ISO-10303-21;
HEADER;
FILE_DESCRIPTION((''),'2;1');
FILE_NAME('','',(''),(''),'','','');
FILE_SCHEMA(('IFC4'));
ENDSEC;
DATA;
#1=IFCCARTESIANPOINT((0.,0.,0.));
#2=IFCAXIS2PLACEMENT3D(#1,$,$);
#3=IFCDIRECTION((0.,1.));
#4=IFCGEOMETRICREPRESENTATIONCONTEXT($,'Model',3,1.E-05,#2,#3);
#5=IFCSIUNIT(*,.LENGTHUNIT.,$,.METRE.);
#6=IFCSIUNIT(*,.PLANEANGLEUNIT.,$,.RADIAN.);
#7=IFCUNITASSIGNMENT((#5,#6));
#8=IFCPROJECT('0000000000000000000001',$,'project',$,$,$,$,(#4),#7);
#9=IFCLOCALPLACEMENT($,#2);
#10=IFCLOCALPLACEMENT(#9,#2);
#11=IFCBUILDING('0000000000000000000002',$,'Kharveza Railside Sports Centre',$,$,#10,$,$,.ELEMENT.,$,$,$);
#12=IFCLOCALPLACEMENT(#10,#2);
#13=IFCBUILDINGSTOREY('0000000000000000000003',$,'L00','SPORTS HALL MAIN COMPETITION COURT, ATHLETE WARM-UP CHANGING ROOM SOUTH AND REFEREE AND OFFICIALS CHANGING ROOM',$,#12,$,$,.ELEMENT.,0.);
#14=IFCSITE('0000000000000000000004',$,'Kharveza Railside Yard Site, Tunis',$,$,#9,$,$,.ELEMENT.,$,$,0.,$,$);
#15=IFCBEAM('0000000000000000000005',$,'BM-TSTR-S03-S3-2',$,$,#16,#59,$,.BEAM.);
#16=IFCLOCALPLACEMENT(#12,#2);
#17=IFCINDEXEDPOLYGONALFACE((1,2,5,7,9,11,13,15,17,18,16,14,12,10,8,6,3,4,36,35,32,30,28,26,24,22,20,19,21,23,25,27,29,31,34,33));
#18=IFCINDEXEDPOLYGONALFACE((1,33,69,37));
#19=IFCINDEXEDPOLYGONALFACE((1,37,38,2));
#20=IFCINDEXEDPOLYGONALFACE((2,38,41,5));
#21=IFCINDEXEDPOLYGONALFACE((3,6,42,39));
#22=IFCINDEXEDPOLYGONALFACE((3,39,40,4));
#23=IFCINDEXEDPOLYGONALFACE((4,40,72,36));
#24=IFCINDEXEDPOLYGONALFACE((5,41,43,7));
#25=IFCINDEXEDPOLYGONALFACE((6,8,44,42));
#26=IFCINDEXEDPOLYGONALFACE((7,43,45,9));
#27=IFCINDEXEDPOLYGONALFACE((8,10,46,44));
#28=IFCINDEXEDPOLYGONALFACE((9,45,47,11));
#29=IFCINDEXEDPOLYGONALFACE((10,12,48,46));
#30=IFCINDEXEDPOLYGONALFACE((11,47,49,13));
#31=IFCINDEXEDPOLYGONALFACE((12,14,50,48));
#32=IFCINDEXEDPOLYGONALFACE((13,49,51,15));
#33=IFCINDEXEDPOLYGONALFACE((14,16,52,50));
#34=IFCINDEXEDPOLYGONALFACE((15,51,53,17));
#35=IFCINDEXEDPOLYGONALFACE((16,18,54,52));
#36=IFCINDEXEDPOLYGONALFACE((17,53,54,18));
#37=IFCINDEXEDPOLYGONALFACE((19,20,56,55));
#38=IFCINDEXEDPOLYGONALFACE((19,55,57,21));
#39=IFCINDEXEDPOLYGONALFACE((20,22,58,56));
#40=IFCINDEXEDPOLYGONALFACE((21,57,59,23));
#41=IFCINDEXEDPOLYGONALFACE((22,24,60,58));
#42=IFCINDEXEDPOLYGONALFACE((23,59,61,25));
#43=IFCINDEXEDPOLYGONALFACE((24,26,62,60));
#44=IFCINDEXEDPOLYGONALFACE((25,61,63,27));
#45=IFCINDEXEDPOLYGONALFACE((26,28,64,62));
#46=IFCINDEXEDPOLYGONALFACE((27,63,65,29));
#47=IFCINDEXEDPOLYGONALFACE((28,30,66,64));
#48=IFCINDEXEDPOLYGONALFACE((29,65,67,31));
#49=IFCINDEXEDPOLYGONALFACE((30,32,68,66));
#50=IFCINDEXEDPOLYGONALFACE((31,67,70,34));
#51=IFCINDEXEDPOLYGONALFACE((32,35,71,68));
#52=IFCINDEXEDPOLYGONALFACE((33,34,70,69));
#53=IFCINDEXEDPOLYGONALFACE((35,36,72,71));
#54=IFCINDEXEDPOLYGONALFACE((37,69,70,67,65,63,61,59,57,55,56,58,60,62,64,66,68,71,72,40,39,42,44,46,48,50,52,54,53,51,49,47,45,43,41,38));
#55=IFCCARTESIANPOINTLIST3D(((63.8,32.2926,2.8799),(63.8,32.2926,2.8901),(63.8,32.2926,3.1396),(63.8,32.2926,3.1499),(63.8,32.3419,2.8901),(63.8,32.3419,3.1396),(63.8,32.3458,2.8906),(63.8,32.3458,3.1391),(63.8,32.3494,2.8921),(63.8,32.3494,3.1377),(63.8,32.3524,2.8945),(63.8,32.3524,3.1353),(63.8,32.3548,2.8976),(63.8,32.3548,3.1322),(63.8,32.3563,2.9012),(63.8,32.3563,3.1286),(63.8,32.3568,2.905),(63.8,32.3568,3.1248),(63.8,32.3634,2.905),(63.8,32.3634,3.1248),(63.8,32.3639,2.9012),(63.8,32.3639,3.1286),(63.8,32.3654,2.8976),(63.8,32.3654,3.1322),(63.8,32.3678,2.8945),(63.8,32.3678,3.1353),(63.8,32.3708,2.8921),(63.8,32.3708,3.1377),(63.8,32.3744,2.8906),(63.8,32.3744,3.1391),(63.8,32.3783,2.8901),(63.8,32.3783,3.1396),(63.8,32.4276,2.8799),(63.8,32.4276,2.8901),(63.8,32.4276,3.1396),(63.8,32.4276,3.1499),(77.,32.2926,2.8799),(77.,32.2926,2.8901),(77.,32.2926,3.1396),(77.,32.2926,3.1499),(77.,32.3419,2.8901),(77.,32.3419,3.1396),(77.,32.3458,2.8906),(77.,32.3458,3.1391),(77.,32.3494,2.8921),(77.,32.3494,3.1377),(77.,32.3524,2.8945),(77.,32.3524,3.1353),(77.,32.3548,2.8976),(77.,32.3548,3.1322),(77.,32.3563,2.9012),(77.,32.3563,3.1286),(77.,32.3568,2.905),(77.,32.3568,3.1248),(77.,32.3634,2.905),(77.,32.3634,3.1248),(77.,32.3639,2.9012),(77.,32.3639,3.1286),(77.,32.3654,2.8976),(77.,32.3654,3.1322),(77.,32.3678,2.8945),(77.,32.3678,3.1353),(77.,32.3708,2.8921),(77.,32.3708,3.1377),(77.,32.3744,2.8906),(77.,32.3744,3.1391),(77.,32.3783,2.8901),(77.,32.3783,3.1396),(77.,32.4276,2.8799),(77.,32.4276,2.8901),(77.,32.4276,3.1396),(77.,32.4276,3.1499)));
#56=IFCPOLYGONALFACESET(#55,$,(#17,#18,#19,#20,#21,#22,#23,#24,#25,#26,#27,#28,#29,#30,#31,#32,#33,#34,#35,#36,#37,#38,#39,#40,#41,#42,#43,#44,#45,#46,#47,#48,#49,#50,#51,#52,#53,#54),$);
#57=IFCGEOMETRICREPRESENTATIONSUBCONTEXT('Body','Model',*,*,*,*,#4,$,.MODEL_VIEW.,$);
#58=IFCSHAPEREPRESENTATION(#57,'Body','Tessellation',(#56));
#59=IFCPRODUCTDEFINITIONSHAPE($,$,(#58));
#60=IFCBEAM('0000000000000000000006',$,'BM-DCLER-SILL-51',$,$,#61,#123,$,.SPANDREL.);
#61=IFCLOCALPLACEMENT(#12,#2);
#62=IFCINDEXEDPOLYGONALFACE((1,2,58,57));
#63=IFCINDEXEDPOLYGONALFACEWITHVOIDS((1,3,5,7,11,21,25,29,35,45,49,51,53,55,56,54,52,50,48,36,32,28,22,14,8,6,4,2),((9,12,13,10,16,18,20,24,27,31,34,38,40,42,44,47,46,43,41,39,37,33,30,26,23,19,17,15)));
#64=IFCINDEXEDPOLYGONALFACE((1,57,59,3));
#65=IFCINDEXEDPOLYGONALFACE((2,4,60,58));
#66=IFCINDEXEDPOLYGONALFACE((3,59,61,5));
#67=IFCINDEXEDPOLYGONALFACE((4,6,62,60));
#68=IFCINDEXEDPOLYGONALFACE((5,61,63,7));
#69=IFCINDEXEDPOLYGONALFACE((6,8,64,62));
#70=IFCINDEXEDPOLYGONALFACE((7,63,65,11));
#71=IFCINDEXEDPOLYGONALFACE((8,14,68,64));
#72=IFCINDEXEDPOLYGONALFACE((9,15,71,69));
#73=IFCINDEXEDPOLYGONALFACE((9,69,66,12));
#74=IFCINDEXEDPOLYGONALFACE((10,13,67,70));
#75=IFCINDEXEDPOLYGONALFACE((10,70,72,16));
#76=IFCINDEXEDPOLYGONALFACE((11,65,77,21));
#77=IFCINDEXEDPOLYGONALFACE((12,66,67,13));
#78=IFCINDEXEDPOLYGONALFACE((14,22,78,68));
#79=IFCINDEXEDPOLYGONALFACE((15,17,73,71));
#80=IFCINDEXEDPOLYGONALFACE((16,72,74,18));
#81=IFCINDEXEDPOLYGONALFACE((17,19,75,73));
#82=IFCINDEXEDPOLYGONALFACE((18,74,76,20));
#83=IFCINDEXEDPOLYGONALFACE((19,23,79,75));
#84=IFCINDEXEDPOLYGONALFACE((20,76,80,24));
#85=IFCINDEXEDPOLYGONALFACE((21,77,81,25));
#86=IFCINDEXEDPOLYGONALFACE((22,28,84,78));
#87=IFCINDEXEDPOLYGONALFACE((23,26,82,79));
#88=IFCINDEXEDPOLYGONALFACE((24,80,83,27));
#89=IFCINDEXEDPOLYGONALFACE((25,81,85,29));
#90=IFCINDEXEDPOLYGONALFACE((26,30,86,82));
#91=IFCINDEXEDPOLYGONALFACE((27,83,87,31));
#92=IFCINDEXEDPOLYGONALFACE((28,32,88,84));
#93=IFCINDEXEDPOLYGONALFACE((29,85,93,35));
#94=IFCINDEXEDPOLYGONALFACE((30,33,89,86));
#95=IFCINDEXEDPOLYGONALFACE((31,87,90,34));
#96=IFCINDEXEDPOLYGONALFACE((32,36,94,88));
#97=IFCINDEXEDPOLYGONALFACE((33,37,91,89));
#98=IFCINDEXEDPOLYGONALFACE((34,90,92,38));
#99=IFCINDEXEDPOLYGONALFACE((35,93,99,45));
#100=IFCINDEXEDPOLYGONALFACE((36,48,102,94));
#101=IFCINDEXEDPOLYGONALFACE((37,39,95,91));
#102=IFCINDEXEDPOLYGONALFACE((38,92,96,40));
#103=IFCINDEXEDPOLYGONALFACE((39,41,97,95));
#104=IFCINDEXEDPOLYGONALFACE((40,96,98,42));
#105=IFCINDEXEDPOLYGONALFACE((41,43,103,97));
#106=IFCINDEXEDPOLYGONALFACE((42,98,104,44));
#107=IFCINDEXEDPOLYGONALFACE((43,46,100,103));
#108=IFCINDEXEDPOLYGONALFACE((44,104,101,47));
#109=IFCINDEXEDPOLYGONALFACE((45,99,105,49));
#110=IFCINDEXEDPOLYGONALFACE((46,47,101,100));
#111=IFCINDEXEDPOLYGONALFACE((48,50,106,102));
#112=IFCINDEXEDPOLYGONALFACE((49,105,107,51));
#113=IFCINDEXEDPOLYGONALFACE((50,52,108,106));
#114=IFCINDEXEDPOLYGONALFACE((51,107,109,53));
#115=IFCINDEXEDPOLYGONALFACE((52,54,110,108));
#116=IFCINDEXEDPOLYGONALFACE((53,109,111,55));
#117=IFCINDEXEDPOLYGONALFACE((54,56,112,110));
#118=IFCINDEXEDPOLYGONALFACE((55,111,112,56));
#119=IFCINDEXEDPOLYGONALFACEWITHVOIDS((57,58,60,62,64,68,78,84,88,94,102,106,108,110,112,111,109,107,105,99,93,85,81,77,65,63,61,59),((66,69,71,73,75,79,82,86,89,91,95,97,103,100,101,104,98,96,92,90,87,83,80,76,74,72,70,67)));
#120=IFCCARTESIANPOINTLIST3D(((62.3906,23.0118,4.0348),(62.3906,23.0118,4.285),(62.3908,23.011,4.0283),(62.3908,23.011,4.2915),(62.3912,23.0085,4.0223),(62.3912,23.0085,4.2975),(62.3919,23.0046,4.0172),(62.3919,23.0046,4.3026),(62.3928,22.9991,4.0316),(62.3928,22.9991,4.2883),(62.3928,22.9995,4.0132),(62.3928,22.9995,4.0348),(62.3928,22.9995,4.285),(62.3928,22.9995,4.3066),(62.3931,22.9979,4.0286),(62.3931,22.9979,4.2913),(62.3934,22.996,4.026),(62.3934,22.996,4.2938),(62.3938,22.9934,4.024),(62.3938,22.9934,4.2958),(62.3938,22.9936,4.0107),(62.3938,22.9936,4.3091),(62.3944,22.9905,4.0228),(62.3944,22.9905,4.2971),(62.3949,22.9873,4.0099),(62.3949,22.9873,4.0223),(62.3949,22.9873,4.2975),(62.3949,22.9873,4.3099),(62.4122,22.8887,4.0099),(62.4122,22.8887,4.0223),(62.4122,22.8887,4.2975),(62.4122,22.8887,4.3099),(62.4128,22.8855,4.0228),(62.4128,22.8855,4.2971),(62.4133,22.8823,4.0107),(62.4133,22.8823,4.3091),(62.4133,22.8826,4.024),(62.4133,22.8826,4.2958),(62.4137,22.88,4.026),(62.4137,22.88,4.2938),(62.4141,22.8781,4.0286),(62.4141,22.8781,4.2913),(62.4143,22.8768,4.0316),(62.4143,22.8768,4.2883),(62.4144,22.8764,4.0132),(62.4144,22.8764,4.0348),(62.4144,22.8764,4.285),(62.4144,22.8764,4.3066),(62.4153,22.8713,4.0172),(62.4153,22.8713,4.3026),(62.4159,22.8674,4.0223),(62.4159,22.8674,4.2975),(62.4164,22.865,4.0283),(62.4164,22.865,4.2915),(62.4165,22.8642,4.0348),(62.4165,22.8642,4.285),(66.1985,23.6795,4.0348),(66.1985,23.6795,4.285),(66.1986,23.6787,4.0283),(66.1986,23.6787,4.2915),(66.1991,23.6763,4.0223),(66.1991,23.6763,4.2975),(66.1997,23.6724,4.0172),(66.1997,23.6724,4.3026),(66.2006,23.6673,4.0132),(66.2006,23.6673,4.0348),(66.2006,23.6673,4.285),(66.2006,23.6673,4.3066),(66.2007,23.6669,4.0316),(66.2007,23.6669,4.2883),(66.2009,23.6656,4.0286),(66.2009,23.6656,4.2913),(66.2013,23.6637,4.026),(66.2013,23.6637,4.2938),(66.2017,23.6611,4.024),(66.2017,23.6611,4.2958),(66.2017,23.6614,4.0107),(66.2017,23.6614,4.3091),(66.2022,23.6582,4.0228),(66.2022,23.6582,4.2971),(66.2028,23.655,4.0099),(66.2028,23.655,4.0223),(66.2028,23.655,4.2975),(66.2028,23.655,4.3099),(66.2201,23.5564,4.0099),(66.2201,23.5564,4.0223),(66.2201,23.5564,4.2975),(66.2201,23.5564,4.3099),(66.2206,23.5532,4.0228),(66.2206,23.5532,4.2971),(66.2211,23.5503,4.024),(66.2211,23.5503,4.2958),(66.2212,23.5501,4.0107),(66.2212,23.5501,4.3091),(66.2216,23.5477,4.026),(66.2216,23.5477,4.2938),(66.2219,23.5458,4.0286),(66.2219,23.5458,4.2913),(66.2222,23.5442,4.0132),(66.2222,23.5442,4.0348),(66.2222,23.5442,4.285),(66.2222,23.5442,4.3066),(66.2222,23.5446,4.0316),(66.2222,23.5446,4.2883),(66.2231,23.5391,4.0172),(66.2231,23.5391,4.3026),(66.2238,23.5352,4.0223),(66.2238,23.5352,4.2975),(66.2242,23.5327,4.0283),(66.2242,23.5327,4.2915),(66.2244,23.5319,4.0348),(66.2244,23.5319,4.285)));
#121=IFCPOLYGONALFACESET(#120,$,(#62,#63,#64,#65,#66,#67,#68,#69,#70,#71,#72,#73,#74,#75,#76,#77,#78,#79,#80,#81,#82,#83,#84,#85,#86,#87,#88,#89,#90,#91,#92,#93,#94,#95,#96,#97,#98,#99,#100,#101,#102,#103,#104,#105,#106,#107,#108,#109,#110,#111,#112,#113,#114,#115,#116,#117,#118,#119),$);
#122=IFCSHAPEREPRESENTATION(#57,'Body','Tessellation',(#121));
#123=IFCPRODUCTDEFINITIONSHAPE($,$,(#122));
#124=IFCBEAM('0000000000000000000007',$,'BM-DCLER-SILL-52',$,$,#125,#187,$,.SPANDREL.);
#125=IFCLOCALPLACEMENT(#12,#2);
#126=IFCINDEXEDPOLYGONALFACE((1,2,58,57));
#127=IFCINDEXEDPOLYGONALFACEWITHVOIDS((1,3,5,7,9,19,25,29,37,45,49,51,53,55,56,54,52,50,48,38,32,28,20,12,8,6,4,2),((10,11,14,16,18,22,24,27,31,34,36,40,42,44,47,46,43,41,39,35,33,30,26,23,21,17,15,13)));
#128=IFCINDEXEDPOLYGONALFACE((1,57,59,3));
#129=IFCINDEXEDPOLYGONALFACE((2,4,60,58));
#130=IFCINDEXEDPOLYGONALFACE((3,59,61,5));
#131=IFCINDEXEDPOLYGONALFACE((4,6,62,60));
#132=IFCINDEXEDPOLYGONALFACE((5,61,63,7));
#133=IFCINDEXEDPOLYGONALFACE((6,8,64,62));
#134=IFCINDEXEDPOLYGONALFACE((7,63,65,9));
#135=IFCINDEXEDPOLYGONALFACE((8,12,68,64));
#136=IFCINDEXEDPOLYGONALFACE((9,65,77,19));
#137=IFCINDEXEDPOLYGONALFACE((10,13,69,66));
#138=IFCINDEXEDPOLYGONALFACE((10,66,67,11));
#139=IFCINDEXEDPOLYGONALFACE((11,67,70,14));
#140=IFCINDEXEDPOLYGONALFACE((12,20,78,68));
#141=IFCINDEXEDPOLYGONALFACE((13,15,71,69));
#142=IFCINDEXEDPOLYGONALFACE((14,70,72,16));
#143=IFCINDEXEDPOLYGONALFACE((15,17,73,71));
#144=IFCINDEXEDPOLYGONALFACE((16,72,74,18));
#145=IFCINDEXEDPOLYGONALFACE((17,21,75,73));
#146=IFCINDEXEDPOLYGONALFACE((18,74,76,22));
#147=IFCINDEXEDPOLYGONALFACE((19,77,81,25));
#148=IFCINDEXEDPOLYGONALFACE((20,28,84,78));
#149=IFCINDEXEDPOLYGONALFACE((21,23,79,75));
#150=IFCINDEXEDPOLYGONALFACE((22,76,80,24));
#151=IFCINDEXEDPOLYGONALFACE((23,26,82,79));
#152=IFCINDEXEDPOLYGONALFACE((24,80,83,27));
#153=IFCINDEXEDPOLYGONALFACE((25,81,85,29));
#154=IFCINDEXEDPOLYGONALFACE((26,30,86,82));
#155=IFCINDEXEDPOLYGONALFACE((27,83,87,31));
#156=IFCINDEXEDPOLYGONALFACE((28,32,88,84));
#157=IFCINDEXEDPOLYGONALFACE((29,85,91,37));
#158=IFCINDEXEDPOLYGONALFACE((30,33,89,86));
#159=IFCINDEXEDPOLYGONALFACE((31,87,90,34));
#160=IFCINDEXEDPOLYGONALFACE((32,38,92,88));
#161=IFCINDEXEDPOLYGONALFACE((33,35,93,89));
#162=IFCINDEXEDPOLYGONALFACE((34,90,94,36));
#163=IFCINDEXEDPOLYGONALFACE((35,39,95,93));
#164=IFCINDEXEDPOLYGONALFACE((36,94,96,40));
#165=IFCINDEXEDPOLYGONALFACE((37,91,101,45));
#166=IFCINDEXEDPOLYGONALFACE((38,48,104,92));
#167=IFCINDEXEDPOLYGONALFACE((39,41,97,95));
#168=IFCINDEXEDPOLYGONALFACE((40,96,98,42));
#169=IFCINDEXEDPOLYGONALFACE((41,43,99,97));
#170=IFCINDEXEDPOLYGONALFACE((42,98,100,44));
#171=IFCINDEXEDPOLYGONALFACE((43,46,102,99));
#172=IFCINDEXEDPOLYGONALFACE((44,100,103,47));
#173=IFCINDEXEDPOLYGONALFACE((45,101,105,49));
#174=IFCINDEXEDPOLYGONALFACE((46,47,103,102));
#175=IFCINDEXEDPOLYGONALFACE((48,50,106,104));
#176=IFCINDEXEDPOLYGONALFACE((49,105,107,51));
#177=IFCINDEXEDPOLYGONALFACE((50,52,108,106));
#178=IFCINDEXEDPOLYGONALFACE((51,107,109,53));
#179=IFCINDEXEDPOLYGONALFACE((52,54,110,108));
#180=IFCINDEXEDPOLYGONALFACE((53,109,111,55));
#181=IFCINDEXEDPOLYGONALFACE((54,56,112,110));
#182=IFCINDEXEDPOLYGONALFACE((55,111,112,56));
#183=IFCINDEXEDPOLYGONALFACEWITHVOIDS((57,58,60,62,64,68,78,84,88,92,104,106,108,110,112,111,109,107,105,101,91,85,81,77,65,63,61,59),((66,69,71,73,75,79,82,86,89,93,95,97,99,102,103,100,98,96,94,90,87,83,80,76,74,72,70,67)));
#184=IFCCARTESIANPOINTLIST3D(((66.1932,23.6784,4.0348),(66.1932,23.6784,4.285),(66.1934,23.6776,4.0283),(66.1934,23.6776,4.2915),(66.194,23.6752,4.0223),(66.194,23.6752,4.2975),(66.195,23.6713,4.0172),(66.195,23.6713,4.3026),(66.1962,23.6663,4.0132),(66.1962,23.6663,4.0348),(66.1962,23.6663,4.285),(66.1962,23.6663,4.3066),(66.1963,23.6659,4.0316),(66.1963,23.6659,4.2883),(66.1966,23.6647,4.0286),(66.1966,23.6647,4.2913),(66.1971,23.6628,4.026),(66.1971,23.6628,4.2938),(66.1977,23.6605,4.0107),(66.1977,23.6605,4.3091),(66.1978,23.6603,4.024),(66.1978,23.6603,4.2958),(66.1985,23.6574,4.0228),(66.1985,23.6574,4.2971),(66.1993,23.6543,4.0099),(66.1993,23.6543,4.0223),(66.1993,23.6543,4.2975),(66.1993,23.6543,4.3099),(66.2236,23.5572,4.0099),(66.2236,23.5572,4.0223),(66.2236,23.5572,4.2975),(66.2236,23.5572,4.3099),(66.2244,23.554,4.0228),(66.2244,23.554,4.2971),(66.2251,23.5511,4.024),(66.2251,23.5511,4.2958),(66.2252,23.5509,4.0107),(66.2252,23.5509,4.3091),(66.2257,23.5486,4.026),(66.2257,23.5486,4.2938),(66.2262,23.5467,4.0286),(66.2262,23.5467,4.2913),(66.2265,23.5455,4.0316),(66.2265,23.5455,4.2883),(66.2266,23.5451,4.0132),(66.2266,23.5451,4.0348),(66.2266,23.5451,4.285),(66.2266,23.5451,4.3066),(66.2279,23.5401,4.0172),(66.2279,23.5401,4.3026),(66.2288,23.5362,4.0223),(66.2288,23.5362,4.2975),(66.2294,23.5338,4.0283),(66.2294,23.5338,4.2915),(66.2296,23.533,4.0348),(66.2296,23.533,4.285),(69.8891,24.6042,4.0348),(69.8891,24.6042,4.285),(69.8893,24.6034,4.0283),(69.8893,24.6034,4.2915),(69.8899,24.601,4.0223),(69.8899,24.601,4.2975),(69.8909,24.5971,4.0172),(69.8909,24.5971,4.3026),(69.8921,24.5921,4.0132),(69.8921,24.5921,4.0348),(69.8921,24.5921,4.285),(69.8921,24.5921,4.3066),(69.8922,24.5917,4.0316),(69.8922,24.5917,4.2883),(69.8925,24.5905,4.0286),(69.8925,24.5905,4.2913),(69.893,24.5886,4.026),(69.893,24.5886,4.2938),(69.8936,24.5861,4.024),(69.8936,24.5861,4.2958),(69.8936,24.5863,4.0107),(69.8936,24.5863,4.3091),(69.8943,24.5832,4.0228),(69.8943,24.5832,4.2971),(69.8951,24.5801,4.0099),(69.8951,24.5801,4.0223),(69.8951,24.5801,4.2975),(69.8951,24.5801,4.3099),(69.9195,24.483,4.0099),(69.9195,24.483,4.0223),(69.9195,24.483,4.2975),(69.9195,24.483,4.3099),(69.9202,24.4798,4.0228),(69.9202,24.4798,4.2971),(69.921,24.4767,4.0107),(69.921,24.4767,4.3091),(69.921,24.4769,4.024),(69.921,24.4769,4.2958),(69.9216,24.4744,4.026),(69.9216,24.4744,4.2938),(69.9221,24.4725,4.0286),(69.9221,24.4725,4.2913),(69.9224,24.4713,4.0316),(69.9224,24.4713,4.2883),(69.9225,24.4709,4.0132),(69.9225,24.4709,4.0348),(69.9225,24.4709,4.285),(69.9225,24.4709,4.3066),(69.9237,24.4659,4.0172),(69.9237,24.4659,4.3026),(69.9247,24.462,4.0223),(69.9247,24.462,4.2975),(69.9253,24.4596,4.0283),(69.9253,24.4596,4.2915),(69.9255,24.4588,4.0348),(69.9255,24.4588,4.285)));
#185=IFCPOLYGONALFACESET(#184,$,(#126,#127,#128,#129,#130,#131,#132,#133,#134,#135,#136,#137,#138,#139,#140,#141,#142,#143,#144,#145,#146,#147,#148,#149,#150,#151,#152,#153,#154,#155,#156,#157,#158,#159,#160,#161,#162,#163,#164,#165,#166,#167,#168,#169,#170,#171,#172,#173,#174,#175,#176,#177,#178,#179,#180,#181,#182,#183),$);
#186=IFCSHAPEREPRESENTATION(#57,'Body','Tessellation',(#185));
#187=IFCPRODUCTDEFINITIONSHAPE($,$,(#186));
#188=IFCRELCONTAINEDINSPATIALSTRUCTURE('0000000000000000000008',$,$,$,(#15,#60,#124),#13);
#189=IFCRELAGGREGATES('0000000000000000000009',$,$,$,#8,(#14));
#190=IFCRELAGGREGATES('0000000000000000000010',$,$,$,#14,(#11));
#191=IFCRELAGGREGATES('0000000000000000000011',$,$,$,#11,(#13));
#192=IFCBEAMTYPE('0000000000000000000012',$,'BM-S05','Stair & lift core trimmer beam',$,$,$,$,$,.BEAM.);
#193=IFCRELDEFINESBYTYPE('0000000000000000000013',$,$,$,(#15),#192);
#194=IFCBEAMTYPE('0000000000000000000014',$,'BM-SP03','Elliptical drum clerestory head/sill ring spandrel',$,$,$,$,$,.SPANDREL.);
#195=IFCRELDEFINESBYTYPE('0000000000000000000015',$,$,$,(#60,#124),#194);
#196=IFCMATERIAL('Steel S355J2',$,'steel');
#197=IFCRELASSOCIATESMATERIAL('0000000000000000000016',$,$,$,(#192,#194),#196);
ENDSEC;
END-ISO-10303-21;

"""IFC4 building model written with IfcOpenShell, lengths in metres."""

from ifc_helpers import new_model, si_unit, direction, frame, origin, origin_2d, place, context, subcontext, project, spatial, hollow_rectangle, i_section, extrude, material, material_profile, profile_set, type_object, element, save


model = new_model("IFC4")

# Units and contexts
model_context = context("Model", 3, precision=1e-05, world=origin(), true_north=direction((0.0, 1.0)))
body_context = subcontext(model_context, "Body", "Model", "MODEL_VIEW")
ifc_project = project(units=[si_unit("LENGTHUNIT", "METRE"), si_unit("PLANEANGLEUNIT", "RADIAN")], contexts=[model_context])

# Site, building, storey
site_placement = place(None, origin())
site = spatial("IfcSite", under=ifc_project, at=site_placement, Name="Kharveza Railside Yard Site, Tunis", CompositionType="ELEMENT", RefElevation=0.0)
building_placement = place(site_placement, origin())
building = spatial("IfcBuilding", under=site, at=building_placement, Name="Kharveza Railside Sports Centre", CompositionType="ELEMENT")
storey_placement = place(building_placement, origin())
storey = spatial("IfcBuildingStorey", under=building, at=storey_placement, Name="L00", Description="SPORTS HALL MAIN COMPETITION COURT, ATHLETE WARM-UP CHANGING ROOM SOUTH AND REFEREE AND OFFICIALS CHANGING ROOM", CompositionType="ELEMENT", Elevation=0.0)

# Shared definitions
ifc_material_1 = material(Name="Steel S355J2", Category="steel")

# Beams
ifc_material_profile_1 = material_profile(ifc_material_1, i_section(OverallWidth=0.135, OverallDepth=0.27, WebThickness=0.0066, FlangeThickness=0.0103, FilletRadius=0.0149, at=origin_2d()), Name="IPE 270")
ifc_profile_set_1 = profile_set([ifc_material_profile_1], Name="Steel S355J2")
beam_type_1 = type_object("IfcBeamType", Name="BM-S05", Description="Stair & lift core trimmer beam", PredefinedType="BEAM", material=ifc_profile_set_1)
for number, where, z_axis, x_axis, name in (
    (1, (63.8, 32.3601, 3.0149), (1.0, 0.0, 0.0), (0.0, 1.0, 0.0), "BM-TSTR-S03-S3-2"),
):
    element("IfcBeam", number, at=place(storey_placement, frame(where, z_axis=z_axis, x_axis=x_axis)), inside=storey, type_object=beam_type_1, Name=name, PredefinedType="BEAM", context=body_context, shape_type="SweptSolid", body=[
        extrude(i_section(OverallWidth=0.135, OverallDepth=0.27, WebThickness=0.0066, FlangeThickness=0.0103, FilletRadius=0.0149, at=origin_2d()), origin(), (0.0, 0.0, 1.0), 13.2),
    ])
ifc_material_profile_2 = material_profile(ifc_material_1, hollow_rectangle(XDim=0.1499, YDim=0.3, WallThickness=0.0125, InnerFilletRadius=0.0125, OuterFilletRadius=0.0249, at=origin_2d()), Name="RHS 150x300x12.5")
ifc_profile_set_2 = profile_set([ifc_material_profile_2], Name="Steel S355J2")
beam_type_2 = type_object("IfcBeamType", Name="BM-SP03", Description="Elliptical drum clerestory head/sill ring spandrel", PredefinedType="SPANDREL", material=ifc_profile_set_2)
beam_1_placement = place(storey_placement, frame((62.4036, 22.938, 4.1599), z_axis=(0.984971, 0.172719, 0.0), x_axis=(-0.172719, 0.984971, 0.0)))
element("IfcBeam", 2, at=beam_1_placement, inside=storey, type_object=beam_type_2, Name="BM-DCLER-SILL-51", PredefinedType="SPANDREL", context=body_context, shape_type="SweptSolid", body=[
    extrude(hollow_rectangle(XDim=0.1499, YDim=0.3, WallThickness=0.0125, InnerFilletRadius=0.0125, OuterFilletRadius=0.0249, at=origin_2d()), origin(), (0.0, 0.0, 1.0), 3.866),
])
beam_2_placement = place(storey_placement, frame((66.2114, 23.6057, 4.1599), z_axis=(0.970029, 0.242988, 0.0), x_axis=(-0.242988, 0.970029, 0.0)))
element("IfcBeam", 3, at=beam_2_placement, inside=storey, type_object=beam_type_2, Name="BM-DCLER-SILL-52", PredefinedType="SPANDREL", context=body_context, shape_type="SweptSolid", body=[
    extrude(hollow_rectangle(XDim=0.1499, YDim=0.3, WallThickness=0.0125, InnerFilletRadius=0.0125, OuterFilletRadius=0.0249, at=origin_2d()), origin(), (0.0, 0.0, 1.0), 3.8101),
])

save(model, "model.ifc")
